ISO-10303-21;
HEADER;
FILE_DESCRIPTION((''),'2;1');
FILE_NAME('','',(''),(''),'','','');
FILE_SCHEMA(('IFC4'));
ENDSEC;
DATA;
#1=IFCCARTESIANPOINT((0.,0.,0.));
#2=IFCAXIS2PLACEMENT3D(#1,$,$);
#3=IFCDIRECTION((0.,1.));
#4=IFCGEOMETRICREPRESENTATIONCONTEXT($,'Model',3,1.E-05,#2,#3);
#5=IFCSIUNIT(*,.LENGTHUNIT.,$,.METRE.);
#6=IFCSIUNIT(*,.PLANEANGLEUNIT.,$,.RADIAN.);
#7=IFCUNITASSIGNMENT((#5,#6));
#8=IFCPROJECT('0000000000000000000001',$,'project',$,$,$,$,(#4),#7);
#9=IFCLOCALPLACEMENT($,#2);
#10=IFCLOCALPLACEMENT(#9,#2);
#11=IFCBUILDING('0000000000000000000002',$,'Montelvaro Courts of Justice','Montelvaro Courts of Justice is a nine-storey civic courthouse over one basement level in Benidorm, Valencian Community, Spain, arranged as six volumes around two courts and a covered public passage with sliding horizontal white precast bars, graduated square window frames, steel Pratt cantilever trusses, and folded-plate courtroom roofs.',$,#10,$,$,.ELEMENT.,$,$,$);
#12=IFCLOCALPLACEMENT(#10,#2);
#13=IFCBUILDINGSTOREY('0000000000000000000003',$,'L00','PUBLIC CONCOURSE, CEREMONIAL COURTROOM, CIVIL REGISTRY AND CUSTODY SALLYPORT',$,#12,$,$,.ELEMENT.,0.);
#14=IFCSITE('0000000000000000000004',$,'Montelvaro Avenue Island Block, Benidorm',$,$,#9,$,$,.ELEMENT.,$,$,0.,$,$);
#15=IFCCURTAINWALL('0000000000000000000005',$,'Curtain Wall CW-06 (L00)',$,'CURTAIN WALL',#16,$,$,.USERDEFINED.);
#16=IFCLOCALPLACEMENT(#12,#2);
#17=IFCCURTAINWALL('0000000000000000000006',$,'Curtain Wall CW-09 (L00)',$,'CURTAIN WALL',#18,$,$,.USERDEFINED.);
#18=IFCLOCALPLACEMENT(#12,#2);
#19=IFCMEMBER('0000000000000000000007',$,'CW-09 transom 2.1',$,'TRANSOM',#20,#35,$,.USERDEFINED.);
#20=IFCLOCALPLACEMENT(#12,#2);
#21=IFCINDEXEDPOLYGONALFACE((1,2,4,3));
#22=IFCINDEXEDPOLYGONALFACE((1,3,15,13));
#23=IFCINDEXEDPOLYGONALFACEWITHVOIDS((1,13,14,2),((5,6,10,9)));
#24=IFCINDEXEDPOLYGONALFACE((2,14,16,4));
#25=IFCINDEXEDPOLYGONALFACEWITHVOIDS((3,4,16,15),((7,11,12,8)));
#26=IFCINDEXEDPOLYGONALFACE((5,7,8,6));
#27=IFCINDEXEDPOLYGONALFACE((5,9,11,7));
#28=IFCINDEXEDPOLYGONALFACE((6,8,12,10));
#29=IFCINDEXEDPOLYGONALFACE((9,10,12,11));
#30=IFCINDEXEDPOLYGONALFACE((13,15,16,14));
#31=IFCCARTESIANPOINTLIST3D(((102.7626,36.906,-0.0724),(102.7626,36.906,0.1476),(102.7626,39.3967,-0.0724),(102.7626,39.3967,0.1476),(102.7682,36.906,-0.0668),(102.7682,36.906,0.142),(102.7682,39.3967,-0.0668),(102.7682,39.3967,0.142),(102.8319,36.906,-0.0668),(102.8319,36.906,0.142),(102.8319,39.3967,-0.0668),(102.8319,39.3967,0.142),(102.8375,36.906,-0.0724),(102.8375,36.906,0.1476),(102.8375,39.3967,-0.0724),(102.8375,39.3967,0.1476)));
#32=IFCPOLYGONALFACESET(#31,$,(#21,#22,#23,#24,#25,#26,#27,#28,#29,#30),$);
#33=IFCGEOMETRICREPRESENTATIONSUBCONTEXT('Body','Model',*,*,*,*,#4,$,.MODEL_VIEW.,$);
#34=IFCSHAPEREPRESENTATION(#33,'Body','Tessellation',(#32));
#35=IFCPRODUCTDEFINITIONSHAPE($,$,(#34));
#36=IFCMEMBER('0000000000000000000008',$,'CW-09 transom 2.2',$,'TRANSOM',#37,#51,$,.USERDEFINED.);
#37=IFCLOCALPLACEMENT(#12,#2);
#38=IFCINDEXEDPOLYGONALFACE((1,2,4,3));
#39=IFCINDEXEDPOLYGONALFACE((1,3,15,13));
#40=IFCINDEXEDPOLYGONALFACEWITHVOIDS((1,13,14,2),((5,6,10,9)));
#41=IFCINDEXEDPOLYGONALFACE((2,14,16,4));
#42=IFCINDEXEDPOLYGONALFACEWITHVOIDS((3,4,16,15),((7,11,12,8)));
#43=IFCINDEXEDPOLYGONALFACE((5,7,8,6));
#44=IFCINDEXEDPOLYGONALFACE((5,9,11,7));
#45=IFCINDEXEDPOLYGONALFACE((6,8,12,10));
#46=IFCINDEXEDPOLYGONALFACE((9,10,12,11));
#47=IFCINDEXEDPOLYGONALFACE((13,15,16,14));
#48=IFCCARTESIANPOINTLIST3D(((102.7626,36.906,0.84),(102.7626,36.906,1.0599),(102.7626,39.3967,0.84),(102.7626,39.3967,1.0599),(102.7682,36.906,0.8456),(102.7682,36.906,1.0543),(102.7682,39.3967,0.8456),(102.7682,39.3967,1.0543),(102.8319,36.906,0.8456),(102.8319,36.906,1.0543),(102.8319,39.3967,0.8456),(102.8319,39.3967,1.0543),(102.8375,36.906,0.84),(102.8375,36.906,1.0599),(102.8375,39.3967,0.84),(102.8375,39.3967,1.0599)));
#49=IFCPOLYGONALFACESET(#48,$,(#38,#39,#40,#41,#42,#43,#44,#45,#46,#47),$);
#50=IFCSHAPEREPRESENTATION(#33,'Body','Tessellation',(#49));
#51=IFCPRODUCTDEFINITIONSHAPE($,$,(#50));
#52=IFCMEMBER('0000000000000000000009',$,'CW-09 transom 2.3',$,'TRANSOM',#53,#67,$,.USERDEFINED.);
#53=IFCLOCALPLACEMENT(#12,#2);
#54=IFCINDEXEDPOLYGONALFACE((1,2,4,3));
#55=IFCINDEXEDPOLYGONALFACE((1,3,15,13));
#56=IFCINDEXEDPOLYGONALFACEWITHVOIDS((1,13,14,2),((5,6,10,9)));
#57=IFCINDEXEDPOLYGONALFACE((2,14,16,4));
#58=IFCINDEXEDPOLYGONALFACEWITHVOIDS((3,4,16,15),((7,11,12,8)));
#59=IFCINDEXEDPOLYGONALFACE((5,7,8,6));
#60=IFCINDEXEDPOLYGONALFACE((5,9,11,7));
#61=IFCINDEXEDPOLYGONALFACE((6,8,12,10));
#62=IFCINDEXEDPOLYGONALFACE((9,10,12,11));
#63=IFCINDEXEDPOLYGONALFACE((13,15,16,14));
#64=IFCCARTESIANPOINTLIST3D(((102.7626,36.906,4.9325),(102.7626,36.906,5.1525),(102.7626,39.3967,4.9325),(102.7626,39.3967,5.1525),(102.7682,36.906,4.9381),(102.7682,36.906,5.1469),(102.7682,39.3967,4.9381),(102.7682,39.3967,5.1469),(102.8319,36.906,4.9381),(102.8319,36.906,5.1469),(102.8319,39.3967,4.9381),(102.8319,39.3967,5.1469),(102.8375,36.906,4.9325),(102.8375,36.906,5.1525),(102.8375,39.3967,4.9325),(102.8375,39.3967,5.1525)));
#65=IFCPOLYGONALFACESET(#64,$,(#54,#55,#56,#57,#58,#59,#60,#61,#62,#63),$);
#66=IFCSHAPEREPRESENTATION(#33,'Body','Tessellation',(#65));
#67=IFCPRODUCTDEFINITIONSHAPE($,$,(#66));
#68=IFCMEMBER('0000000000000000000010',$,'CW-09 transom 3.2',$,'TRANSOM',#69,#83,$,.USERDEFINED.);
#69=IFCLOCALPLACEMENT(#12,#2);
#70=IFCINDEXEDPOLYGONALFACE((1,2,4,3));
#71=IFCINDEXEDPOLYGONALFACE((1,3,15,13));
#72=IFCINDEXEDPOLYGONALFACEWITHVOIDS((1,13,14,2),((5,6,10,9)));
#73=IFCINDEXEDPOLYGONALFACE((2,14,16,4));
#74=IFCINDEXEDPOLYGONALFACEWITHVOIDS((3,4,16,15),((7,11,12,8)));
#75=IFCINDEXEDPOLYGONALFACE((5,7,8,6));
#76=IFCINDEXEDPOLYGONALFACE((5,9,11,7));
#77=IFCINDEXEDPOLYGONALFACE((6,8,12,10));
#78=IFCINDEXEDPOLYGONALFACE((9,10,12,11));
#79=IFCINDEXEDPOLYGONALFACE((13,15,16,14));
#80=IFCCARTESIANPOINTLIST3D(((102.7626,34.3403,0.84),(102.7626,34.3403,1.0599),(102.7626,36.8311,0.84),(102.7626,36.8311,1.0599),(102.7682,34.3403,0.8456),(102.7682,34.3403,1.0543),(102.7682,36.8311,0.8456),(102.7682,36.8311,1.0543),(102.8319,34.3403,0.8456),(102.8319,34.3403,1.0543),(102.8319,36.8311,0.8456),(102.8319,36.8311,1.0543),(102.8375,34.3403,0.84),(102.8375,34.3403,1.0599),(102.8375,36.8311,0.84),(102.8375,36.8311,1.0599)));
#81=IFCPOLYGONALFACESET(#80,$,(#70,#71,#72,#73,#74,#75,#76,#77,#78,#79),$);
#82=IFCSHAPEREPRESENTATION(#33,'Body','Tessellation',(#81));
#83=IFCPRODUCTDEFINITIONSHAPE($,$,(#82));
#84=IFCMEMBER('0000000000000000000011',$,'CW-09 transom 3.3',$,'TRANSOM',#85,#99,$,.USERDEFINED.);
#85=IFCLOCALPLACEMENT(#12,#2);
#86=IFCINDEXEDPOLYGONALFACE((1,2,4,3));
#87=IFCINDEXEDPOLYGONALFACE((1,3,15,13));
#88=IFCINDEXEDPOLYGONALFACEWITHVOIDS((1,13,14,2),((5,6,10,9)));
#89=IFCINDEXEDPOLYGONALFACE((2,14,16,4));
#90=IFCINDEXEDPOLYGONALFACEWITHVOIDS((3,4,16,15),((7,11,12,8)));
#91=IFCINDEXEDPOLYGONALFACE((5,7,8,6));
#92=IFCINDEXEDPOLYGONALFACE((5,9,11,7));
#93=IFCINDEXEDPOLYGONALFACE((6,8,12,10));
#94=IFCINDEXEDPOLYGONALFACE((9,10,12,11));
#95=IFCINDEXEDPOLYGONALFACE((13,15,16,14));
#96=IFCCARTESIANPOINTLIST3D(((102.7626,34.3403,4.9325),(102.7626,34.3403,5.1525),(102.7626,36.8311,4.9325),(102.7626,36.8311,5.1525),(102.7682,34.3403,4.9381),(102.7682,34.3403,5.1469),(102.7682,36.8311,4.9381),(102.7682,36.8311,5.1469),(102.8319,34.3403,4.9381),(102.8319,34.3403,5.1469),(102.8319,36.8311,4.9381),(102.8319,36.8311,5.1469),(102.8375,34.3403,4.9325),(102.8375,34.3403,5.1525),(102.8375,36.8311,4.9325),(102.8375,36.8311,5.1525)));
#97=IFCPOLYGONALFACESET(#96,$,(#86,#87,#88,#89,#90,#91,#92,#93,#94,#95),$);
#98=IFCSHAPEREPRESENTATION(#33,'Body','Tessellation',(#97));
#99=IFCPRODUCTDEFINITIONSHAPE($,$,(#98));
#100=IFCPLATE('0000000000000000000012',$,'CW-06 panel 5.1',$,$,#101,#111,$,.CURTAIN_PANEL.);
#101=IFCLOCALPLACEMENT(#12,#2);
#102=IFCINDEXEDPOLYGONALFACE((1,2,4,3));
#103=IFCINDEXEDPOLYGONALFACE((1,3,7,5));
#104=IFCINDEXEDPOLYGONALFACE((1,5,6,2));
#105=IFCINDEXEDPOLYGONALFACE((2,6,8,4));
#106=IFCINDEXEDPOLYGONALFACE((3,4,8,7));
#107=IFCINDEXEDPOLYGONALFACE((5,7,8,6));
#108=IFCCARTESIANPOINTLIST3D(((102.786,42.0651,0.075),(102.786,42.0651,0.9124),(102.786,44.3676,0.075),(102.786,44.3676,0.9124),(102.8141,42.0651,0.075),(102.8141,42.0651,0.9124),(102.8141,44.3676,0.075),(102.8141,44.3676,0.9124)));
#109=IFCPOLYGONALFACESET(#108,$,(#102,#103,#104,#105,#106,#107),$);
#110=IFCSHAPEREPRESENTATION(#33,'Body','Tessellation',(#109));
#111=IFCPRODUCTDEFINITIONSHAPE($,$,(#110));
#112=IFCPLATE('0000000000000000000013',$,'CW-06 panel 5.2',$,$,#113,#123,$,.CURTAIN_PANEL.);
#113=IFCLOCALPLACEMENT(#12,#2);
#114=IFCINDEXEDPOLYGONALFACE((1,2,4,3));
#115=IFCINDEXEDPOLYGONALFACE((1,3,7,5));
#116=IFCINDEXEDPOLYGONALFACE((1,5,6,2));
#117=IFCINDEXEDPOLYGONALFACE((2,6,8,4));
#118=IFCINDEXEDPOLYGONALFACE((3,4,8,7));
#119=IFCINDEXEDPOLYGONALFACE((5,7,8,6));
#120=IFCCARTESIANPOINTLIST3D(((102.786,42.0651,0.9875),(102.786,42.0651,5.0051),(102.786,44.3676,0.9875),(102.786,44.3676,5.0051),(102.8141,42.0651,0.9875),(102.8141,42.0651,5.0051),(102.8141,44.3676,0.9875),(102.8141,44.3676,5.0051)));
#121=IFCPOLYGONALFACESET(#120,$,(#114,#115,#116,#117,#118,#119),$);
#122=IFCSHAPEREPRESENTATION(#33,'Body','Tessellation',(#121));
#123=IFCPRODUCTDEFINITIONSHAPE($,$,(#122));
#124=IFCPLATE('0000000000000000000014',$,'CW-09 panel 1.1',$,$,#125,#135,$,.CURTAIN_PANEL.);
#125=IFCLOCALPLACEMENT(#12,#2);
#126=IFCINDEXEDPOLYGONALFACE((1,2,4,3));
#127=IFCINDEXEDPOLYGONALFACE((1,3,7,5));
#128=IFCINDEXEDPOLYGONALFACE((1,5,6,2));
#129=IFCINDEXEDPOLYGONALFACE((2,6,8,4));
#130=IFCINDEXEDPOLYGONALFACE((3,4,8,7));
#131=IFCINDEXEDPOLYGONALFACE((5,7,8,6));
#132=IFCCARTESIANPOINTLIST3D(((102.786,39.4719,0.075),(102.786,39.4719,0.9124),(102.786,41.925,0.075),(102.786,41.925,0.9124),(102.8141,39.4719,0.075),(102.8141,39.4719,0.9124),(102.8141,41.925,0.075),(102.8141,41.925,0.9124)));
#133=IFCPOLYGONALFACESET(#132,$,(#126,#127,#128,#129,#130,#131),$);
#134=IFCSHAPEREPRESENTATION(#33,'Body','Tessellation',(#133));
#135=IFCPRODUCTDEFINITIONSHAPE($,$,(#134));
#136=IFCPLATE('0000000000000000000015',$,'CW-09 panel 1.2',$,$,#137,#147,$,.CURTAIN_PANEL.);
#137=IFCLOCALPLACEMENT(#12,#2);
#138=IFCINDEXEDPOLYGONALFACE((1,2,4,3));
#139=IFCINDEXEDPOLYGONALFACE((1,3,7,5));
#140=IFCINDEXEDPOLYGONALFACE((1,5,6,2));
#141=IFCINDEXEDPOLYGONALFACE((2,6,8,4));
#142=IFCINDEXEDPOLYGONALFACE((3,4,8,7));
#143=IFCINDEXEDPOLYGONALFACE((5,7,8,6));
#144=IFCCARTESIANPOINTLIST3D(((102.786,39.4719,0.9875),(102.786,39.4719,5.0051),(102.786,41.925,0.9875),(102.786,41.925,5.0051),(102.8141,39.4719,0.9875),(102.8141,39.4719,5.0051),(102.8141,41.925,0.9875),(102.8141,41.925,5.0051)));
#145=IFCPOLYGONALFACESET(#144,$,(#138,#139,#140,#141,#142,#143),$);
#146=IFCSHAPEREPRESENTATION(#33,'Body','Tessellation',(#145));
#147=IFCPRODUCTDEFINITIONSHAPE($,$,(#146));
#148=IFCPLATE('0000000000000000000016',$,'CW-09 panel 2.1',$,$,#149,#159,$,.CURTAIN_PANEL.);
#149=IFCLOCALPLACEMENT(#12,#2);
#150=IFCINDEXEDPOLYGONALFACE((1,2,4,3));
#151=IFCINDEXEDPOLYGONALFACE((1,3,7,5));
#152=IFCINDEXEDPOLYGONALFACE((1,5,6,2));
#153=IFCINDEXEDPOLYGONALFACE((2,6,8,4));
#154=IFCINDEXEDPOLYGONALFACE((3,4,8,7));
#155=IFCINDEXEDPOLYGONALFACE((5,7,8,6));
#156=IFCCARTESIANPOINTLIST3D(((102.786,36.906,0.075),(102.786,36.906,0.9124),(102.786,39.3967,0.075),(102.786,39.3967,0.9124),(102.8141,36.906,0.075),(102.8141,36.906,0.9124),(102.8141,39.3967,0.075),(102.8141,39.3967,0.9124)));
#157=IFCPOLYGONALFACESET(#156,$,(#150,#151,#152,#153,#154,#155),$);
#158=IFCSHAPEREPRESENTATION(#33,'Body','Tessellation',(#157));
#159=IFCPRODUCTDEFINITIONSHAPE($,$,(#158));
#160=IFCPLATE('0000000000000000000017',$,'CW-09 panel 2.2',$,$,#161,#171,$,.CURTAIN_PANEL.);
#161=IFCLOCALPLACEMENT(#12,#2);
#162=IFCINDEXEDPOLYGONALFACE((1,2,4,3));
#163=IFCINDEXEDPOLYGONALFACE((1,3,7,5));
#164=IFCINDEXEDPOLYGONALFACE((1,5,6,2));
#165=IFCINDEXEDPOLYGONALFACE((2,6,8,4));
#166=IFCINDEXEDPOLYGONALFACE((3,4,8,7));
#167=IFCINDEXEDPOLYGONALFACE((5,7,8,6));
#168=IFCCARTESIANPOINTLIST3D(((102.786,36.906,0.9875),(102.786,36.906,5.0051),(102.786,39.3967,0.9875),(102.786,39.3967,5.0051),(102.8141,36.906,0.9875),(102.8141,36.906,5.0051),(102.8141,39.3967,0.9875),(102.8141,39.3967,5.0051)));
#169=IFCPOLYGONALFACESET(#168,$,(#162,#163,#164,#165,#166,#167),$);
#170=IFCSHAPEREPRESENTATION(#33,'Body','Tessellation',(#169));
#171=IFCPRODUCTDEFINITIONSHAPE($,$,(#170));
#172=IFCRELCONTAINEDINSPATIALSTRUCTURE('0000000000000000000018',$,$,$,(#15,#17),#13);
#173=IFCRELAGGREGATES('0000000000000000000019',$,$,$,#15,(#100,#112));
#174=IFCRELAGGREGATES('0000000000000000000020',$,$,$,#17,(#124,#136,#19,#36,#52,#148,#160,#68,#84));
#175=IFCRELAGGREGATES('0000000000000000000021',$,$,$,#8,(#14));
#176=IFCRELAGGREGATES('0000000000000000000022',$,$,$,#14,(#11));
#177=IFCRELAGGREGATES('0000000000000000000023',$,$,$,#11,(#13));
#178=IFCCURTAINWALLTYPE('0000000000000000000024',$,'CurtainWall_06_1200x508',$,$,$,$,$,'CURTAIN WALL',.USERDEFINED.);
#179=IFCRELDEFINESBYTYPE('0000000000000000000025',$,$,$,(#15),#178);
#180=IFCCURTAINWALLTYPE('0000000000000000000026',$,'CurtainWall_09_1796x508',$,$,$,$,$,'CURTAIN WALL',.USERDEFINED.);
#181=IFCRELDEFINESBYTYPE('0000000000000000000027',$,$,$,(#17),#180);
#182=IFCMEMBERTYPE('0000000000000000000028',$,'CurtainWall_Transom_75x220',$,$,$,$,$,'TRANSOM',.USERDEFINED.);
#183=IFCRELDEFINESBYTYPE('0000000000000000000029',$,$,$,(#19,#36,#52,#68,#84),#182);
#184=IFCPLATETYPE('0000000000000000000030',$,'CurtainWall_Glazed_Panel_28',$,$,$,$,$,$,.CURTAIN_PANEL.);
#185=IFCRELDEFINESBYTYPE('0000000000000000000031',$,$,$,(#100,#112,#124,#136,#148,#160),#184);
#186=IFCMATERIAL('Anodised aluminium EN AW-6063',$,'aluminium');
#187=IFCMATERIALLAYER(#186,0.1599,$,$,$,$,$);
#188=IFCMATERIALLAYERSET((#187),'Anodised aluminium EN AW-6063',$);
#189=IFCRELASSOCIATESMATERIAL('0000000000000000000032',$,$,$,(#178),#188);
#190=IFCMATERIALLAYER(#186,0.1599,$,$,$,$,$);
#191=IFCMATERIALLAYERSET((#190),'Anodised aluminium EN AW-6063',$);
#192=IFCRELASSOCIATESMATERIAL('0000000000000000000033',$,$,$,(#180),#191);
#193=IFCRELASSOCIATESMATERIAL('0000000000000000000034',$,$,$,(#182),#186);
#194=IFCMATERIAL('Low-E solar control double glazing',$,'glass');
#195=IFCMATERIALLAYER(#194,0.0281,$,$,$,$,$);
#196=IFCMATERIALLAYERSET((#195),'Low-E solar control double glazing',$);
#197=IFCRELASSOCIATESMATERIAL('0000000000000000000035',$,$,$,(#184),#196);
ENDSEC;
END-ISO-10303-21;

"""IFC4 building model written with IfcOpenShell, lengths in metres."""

from ifc_helpers import new_model, si_unit, direction, frame, origin, origin_2d, place, context, subcontext, project, spatial, rectangle, hollow_rectangle, extrude, material, layer, layer_set, material_profile, profile_set, type_object, element, aggregate, save


model = new_model("IFC4")

# Units and contexts
model_context = context("Model", 3, precision=1e-05, world=origin(), true_north=direction((0.0, 1.0)))
body_context = subcontext(model_context, "Body", "Model", "MODEL_VIEW")
ifc_project = project(units=[si_unit("LENGTHUNIT", "METRE"), si_unit("PLANEANGLEUNIT", "RADIAN")], contexts=[model_context])

# Site, building, storey
site_placement = place(None, origin())
site = spatial("IfcSite", under=ifc_project, at=site_placement, Name="Montelvaro Avenue Island Block, Benidorm", CompositionType="ELEMENT", RefElevation=0.0)
building_placement = place(site_placement, origin())
building = spatial("IfcBuilding", under=site, at=building_placement, Name="Montelvaro Courts of Justice", Description="Montelvaro Courts of Justice is a nine-storey civic courthouse over one basement level in Benidorm, Valencian Community, Spain, arranged as six volumes around two courts and a covered public passage with sliding horizontal white precast bars, graduated square window frames, steel Pratt cantilever trusses, and folded-plate courtroom roofs.", CompositionType="ELEMENT")
storey_placement = place(building_placement, origin())
storey = spatial("IfcBuildingStorey", under=building, at=storey_placement, Name="L00", Description="PUBLIC CONCOURSE, CEREMONIAL COURTROOM, CIVIL REGISTRY AND CUSTODY SALLYPORT", CompositionType="ELEMENT", Elevation=0.0)

# Curtain wall
ifc_material_1 = material(Name="Anodised aluminium EN AW-6063", Category="aluminium")
ifc_layer_1 = layer(ifc_material_1, 0.1599)
ifc_layer_set_1 = layer_set([ifc_layer_1], Name="Anodised aluminium EN AW-6063")
curtain_wall_type_1 = type_object("IfcCurtainWallType", Name="CurtainWall_06_1200x508", ElementType="CURTAIN WALL", PredefinedType="USERDEFINED", material=ifc_layer_set_1)
curtain_wall_1_placement = place(storey_placement, origin())
curtain_wall_1 = element("IfcCurtainWall", 1, at=curtain_wall_1_placement, inside=storey, type_object=curtain_wall_type_1, Name="Curtain Wall CW-06 (L00)", ObjectType="CURTAIN WALL", PredefinedType="USERDEFINED")

# Curtain wall
ifc_layer_2 = layer(ifc_material_1, 0.1599)
ifc_layer_set_2 = layer_set([ifc_layer_2], Name="Anodised aluminium EN AW-6063")
curtain_wall_type_2 = type_object("IfcCurtainWallType", Name="CurtainWall_09_1796x508", ElementType="CURTAIN WALL", PredefinedType="USERDEFINED", material=ifc_layer_set_2)
curtain_wall_2_placement = place(storey_placement, origin())
curtain_wall_2 = element("IfcCurtainWall", 2, at=curtain_wall_2_placement, inside=storey, type_object=curtain_wall_type_2, Name="Curtain Wall CW-09 (L00)", ObjectType="CURTAIN WALL", PredefinedType="USERDEFINED")

# Members
ifc_material_profile_1 = material_profile(ifc_material_1, hollow_rectangle(XDim=0.075, YDim=0.22, WallThickness=0.0056, at=origin_2d()), Name="ALU-T 75x220")
ifc_profile_set_1 = profile_set([ifc_material_profile_1], Name="Anodised aluminium EN AW-6063")
member_type_1 = type_object("IfcMemberType", Name="CurtainWall_Transom_75x220", ElementType="TRANSOM", PredefinedType="USERDEFINED", material=ifc_profile_set_1)
member_1_placement = place(storey_placement, frame((102.8, 39.3967, 0.0376), z_axis=(0.0, -1.0, 0.0), x_axis=(1.0, 0.0, 0.0)))
member_1 = element("IfcMember", 3, at=member_1_placement, type_object=member_type_1, Name="CW-09 transom 2.1", ObjectType="TRANSOM", PredefinedType="USERDEFINED", context=body_context, shape_type="SweptSolid", body=[
    extrude(hollow_rectangle(XDim=0.075, YDim=0.22, WallThickness=0.0056, at=origin_2d()), origin(), (0.0, 0.0, 1.0), 2.4907),
])
member_2_placement = place(storey_placement, frame((102.8, 39.3967, 0.95), z_axis=(0.0, -1.0, 0.0), x_axis=(1.0, 0.0, 0.0)))
member_2 = element("IfcMember", 4, at=member_2_placement, type_object=member_type_1, Name="CW-09 transom 2.2", ObjectType="TRANSOM", PredefinedType="USERDEFINED", context=body_context, shape_type="SweptSolid", body=[
    extrude(hollow_rectangle(XDim=0.075, YDim=0.22, WallThickness=0.0056, at=origin_2d()), origin(), (0.0, 0.0, 1.0), 2.4907),
])
member_3_placement = place(storey_placement, frame((102.8, 39.3967, 5.0425), z_axis=(0.0, -1.0, 0.0), x_axis=(1.0, 0.0, 0.0)))
member_3 = element("IfcMember", 5, at=member_3_placement, type_object=member_type_1, Name="CW-09 transom 2.3", ObjectType="TRANSOM", PredefinedType="USERDEFINED", context=body_context, shape_type="SweptSolid", body=[
    extrude(hollow_rectangle(XDim=0.075, YDim=0.22, WallThickness=0.0056, at=origin_2d()), origin(), (0.0, 0.0, 1.0), 2.4907),
])
member_4_placement = place(storey_placement, frame((102.8, 36.8311, 0.95), z_axis=(0.0, -1.0, 0.0), x_axis=(1.0, 0.0, 0.0)))
member_4 = element("IfcMember", 6, at=member_4_placement, type_object=member_type_1, Name="CW-09 transom 3.2", ObjectType="TRANSOM", PredefinedType="USERDEFINED", context=body_context, shape_type="SweptSolid", body=[
    extrude(hollow_rectangle(XDim=0.075, YDim=0.22, WallThickness=0.0056, at=origin_2d()), origin(), (0.0, 0.0, 1.0), 2.4907),
])
member_5_placement = place(storey_placement, frame((102.8, 36.8311, 5.0425), z_axis=(0.0, -1.0, 0.0), x_axis=(1.0, 0.0, 0.0)))
member_5 = element("IfcMember", 7, at=member_5_placement, type_object=member_type_1, Name="CW-09 transom 3.3", ObjectType="TRANSOM", PredefinedType="USERDEFINED", context=body_context, shape_type="SweptSolid", body=[
    extrude(hollow_rectangle(XDim=0.075, YDim=0.22, WallThickness=0.0056, at=origin_2d()), origin(), (0.0, 0.0, 1.0), 2.4907),
])

# Plates
ifc_material_2 = material(Name="Low-E solar control double glazing", Category="glass")
ifc_layer_3 = layer(ifc_material_2, 0.0281)
ifc_layer_set_3 = layer_set([ifc_layer_3], Name="Low-E solar control double glazing")
plate_type = type_object("IfcPlateType", Name="CurtainWall_Glazed_Panel_28", PredefinedType="CURTAIN_PANEL", material=ifc_layer_set_3)
plate_1_placement = place(storey_placement, frame((102.8, 43.2163, 0.075), z_axis=(0.0, 0.0, 1.0), x_axis=(0.0, -1.0, 0.0)))
plate_1 = element("IfcPlate", 8, at=plate_1_placement, type_object=plate_type, Name="CW-06 panel 5.1", PredefinedType="CURTAIN_PANEL", context=body_context, shape_type="SweptSolid", body=[
    extrude(rectangle(XDim=2.3025, YDim=0.0281, at=origin_2d()), origin(), (0.0, 0.0, 1.0), 0.8374),
])
plate_2_placement = place(storey_placement, frame((102.8, 43.2163, 0.9875), z_axis=(0.0, 0.0, 1.0), x_axis=(0.0, -1.0, 0.0)))
plate_2 = element("IfcPlate", 9, at=plate_2_placement, type_object=plate_type, Name="CW-06 panel 5.2", PredefinedType="CURTAIN_PANEL", context=body_context, shape_type="SweptSolid", body=[
    extrude(rectangle(XDim=2.3025, YDim=0.0281, at=origin_2d()), origin(), (0.0, 0.0, 1.0), 4.0176),
])
aggregate(curtain_wall_1, [plate_1, plate_2])
plate_3_placement = place(storey_placement, frame((102.8, 40.6985, 0.075), z_axis=(0.0, 0.0, 1.0), x_axis=(0.0, -1.0, 0.0)))
plate_3 = element("IfcPlate", 10, at=plate_3_placement, type_object=plate_type, Name="CW-09 panel 1.1", PredefinedType="CURTAIN_PANEL", context=body_context, shape_type="SweptSolid", body=[
    extrude(rectangle(XDim=2.4531, YDim=0.0281, at=origin_2d()), origin(), (0.0, 0.0, 1.0), 0.8374),
])
plate_4_placement = place(storey_placement, frame((102.8, 40.6985, 0.9875), z_axis=(0.0, 0.0, 1.0), x_axis=(0.0, -1.0, 0.0)))
plate_4 = element("IfcPlate", 11, at=plate_4_placement, type_object=plate_type, Name="CW-09 panel 1.2", PredefinedType="CURTAIN_PANEL", context=body_context, shape_type="SweptSolid", body=[
    extrude(rectangle(XDim=2.4531, YDim=0.0281, at=origin_2d()), origin(), (0.0, 0.0, 1.0), 4.0176),
])
plate_5_placement = place(storey_placement, frame((102.8, 38.1514, 0.075), z_axis=(0.0, 0.0, 1.0), x_axis=(0.0, -1.0, 0.0)))
plate_5 = element("IfcPlate", 12, at=plate_5_placement, type_object=plate_type, Name="CW-09 panel 2.1", PredefinedType="CURTAIN_PANEL", context=body_context, shape_type="SweptSolid", body=[
    extrude(rectangle(XDim=2.4907, YDim=0.0281, at=origin_2d()), origin(), (0.0, 0.0, 1.0), 0.8374),
])
plate_6_placement = place(storey_placement, frame((102.8, 38.1514, 0.9875), z_axis=(0.0, 0.0, 1.0), x_axis=(0.0, -1.0, 0.0)))
plate_6 = element("IfcPlate", 13, at=plate_6_placement, type_object=plate_type, Name="CW-09 panel 2.2", PredefinedType="CURTAIN_PANEL", context=body_context, shape_type="SweptSolid", body=[
    extrude(rectangle(XDim=2.4907, YDim=0.0281, at=origin_2d()), origin(), (0.0, 0.0, 1.0), 4.0176),
])
aggregate(curtain_wall_2, [plate_3, plate_4, member_1, member_2, member_3, plate_5, plate_6, member_4, member_5])

save(model, "model.ifc")
